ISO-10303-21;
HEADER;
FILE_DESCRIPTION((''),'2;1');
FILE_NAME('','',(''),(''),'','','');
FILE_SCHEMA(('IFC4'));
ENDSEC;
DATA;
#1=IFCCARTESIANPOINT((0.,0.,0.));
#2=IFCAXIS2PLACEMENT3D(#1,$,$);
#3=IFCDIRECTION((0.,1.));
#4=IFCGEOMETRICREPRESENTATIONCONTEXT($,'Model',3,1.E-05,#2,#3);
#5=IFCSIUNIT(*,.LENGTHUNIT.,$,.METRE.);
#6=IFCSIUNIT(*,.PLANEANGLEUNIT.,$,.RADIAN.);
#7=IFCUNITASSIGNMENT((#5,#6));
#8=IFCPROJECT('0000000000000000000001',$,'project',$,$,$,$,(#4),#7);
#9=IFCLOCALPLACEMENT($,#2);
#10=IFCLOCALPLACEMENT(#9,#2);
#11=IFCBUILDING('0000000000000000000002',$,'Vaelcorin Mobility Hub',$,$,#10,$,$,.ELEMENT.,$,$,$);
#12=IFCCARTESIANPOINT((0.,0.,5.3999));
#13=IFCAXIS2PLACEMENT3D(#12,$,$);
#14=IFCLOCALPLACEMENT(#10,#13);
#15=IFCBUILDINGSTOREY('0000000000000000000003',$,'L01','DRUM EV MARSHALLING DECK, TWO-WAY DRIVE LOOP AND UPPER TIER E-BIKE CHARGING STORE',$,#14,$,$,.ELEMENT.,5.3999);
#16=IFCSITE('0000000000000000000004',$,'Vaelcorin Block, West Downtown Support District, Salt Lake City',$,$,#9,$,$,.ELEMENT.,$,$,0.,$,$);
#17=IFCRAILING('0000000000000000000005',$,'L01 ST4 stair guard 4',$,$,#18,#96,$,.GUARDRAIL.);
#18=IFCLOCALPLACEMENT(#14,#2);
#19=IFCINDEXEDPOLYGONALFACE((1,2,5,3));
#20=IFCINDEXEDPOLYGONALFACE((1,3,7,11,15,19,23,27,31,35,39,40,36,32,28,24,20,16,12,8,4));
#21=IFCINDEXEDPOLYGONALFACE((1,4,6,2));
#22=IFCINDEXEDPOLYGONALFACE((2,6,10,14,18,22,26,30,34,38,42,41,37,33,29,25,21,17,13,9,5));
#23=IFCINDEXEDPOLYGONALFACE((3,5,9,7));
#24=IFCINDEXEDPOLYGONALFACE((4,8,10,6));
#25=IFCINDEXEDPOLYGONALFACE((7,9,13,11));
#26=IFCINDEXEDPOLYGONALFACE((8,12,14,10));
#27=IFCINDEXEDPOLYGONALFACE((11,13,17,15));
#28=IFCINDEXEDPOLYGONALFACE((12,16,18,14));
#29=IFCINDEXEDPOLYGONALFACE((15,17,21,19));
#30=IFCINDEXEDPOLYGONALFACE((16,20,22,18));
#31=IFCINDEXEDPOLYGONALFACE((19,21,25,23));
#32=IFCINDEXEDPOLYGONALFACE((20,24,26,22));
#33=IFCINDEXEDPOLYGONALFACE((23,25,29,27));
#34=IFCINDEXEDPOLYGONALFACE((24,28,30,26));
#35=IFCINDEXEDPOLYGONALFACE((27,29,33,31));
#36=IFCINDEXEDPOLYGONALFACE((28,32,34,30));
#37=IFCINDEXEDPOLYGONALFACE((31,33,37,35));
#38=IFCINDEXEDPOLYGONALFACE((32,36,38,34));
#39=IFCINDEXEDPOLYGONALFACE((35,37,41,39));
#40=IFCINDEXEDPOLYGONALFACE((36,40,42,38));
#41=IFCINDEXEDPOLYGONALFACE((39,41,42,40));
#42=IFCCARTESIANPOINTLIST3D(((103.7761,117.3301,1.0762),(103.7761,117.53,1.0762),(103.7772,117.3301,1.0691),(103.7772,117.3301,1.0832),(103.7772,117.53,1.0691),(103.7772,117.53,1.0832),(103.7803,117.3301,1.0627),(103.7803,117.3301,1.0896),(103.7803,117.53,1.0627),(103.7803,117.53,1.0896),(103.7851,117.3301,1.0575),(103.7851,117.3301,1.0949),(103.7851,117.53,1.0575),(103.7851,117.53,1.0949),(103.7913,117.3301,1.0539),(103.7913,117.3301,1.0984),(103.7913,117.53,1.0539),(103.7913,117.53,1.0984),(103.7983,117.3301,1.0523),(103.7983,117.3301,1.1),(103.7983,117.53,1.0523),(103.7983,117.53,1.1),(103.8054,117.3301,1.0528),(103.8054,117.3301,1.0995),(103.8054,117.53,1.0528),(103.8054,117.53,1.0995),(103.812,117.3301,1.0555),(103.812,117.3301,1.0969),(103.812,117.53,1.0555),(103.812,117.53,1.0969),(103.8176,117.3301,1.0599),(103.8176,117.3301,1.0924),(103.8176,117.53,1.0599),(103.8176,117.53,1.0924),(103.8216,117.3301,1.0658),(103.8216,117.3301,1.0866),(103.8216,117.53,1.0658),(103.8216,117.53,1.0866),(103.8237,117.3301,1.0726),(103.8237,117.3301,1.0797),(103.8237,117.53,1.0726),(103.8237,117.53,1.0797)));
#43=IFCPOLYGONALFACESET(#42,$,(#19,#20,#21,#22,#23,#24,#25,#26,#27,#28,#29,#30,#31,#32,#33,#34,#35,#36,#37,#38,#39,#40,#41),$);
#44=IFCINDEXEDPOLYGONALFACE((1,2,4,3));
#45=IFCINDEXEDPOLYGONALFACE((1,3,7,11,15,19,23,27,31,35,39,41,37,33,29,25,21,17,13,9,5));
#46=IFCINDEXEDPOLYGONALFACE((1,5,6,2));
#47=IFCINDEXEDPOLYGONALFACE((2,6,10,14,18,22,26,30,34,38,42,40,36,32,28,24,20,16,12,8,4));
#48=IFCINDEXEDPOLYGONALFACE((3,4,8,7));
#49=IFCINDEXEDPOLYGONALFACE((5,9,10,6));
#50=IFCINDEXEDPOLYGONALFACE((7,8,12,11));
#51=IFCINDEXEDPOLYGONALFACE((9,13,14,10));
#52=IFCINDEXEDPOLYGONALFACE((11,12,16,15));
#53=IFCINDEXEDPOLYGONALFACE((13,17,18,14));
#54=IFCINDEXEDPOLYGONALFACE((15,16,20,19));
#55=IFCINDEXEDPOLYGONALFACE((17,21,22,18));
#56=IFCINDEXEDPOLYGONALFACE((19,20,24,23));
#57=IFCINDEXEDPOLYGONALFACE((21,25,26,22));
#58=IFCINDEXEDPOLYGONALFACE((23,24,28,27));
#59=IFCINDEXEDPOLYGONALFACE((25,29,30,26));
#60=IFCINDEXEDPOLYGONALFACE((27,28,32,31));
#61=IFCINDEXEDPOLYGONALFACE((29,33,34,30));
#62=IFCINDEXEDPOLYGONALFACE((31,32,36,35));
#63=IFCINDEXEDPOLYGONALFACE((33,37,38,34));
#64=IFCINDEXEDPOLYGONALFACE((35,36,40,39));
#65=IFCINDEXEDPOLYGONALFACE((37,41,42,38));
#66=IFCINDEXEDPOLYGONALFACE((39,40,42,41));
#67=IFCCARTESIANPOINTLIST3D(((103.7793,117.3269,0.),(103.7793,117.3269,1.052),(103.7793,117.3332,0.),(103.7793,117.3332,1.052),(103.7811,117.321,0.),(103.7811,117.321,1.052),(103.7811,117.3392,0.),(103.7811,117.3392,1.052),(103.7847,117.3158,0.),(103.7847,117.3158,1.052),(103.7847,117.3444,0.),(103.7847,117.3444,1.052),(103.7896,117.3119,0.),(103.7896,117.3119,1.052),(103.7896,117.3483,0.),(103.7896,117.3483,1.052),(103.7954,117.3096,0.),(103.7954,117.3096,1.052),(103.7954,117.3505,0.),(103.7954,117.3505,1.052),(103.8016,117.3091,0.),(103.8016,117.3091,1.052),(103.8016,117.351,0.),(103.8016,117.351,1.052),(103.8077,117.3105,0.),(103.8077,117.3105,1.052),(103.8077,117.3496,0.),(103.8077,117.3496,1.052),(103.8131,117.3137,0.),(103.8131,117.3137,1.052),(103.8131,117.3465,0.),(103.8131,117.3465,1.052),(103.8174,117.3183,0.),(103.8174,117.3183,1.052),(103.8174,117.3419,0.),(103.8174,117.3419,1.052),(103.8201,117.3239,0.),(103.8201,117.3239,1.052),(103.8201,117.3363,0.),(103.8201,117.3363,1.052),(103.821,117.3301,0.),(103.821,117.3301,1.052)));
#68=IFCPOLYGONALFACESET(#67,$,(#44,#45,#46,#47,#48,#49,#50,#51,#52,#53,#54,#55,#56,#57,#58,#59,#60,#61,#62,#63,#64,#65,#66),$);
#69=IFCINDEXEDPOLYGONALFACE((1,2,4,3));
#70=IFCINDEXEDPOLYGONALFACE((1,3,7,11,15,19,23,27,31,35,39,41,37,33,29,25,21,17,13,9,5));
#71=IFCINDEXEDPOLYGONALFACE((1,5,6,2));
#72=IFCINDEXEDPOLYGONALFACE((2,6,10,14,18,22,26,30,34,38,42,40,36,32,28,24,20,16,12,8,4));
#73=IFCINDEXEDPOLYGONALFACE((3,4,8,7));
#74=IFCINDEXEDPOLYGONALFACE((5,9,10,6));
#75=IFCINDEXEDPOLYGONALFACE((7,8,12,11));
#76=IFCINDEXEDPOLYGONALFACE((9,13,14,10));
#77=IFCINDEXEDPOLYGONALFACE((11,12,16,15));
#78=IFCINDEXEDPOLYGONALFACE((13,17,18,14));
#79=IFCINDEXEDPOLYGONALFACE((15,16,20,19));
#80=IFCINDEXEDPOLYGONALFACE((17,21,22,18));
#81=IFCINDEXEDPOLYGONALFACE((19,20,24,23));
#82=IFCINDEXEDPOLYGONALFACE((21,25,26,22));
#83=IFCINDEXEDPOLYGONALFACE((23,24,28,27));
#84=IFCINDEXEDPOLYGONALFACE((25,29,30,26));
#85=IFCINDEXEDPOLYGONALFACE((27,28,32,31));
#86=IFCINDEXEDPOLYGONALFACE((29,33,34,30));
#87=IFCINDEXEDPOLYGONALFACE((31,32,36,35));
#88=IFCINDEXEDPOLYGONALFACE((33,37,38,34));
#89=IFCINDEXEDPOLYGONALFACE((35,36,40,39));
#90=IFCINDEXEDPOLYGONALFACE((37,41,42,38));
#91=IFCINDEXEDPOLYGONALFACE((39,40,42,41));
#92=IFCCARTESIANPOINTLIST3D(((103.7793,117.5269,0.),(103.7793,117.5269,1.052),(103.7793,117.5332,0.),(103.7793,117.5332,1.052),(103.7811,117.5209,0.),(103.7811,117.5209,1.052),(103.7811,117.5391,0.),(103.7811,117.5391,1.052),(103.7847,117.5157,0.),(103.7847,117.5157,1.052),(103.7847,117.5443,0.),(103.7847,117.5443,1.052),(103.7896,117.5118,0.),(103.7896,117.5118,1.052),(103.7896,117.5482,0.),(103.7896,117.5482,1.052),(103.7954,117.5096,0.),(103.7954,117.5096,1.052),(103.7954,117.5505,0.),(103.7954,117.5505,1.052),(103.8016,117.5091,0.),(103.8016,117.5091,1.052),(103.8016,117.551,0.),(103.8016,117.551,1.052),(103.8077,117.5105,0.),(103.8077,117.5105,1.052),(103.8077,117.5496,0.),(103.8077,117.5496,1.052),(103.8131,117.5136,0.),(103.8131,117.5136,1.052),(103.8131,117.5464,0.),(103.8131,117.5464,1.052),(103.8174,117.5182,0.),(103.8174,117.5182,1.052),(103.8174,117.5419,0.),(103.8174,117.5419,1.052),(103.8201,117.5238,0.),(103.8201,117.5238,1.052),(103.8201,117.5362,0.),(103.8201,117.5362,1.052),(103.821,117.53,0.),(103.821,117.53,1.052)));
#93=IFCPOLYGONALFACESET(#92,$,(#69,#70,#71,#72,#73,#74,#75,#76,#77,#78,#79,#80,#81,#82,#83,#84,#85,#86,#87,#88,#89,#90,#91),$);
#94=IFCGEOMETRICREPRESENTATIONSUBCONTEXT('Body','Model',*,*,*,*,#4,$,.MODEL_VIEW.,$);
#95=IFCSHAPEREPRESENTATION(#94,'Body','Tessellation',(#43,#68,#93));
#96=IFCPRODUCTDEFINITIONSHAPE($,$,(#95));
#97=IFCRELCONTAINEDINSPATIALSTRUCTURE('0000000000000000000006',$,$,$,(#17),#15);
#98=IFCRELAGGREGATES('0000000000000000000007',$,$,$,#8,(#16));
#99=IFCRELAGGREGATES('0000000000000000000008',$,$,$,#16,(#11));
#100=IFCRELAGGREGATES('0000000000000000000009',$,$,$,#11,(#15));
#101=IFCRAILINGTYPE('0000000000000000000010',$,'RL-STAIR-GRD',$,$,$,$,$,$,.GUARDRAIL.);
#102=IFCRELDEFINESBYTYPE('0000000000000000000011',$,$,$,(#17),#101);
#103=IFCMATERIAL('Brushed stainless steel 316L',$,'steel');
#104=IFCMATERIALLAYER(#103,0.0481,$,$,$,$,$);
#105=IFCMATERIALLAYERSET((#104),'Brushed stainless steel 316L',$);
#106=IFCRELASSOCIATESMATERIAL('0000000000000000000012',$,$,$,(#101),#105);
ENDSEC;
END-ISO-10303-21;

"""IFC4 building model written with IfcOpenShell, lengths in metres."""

from ifc_helpers import new_model, si_unit, direction, frame, origin, origin_2d, place, context, subcontext, project, spatial, circle, extrude, material, layer, layer_set, type_object, element, save


model = new_model("IFC4")

# Units and contexts
model_context = context("Model", 3, precision=1e-05, world=origin(), true_north=direction((0.0, 1.0)))
body_context = subcontext(model_context, "Body", "Model", "MODEL_VIEW")
ifc_project = project(units=[si_unit("LENGTHUNIT", "METRE"), si_unit("PLANEANGLEUNIT", "RADIAN")], contexts=[model_context])

# Site, building, storey
site_placement = place(None, origin())
site = spatial("IfcSite", under=ifc_project, at=site_placement, Name="Vaelcorin Block, West Downtown Support District, Salt Lake City", CompositionType="ELEMENT", RefElevation=0.0)
building_placement = place(site_placement, origin())
building = spatial("IfcBuilding", under=site, at=building_placement, Name="Vaelcorin Mobility Hub", CompositionType="ELEMENT")
storey_placement = place(building_placement, frame((0.0, 0.0, 5.3999)))
storey = spatial("IfcBuildingStorey", under=building, at=storey_placement, Name="L01", Description="DRUM EV MARSHALLING DECK, TWO-WAY DRIVE LOOP AND UPPER TIER E-BIKE CHARGING STORE", CompositionType="ELEMENT", Elevation=5.3999)

# Shared definitions
ifc_material_1 = material(Name="Brushed stainless steel 316L", Category="steel")

# Railing
ifc_layer_1 = layer(ifc_material_1, 0.0481)
ifc_layer_set_1 = layer_set([ifc_layer_1], Name="Brushed stainless steel 316L")
railing_type_1 = type_object("IfcRailingType", Name="RL-STAIR-GRD", PredefinedType="GUARDRAIL", material=ifc_layer_set_1)
railing_1_placement = place(storey_placement, frame((103.8, 117.3301, 0.0)))
element("IfcRailing", 1, at=railing_1_placement, inside=storey, type_object=railing_type_1, Name="L01 ST4 stair guard 4", PredefinedType="GUARDRAIL", context=body_context, shape_type="SweptSolid", body=[
    extrude(circle(Radius=0.0239, at=origin_2d()), frame((0.0, 0.0, 1.0762), z_axis=(0.0, 1.0, 0.0), x_axis=(-1.0, 0.0, 0.0)), (0.0, 0.0, 1.0), 0.2),
    extrude(circle(Radius=0.021, at=origin_2d()), origin(), (0.0, 0.0, 1.0), 1.052),
    extrude(circle(Radius=0.021, at=origin_2d()), frame((0.0, 0.2, 0.0)), (0.0, 0.0, 1.0), 1.052),
])

save(model, "model.ifc")
